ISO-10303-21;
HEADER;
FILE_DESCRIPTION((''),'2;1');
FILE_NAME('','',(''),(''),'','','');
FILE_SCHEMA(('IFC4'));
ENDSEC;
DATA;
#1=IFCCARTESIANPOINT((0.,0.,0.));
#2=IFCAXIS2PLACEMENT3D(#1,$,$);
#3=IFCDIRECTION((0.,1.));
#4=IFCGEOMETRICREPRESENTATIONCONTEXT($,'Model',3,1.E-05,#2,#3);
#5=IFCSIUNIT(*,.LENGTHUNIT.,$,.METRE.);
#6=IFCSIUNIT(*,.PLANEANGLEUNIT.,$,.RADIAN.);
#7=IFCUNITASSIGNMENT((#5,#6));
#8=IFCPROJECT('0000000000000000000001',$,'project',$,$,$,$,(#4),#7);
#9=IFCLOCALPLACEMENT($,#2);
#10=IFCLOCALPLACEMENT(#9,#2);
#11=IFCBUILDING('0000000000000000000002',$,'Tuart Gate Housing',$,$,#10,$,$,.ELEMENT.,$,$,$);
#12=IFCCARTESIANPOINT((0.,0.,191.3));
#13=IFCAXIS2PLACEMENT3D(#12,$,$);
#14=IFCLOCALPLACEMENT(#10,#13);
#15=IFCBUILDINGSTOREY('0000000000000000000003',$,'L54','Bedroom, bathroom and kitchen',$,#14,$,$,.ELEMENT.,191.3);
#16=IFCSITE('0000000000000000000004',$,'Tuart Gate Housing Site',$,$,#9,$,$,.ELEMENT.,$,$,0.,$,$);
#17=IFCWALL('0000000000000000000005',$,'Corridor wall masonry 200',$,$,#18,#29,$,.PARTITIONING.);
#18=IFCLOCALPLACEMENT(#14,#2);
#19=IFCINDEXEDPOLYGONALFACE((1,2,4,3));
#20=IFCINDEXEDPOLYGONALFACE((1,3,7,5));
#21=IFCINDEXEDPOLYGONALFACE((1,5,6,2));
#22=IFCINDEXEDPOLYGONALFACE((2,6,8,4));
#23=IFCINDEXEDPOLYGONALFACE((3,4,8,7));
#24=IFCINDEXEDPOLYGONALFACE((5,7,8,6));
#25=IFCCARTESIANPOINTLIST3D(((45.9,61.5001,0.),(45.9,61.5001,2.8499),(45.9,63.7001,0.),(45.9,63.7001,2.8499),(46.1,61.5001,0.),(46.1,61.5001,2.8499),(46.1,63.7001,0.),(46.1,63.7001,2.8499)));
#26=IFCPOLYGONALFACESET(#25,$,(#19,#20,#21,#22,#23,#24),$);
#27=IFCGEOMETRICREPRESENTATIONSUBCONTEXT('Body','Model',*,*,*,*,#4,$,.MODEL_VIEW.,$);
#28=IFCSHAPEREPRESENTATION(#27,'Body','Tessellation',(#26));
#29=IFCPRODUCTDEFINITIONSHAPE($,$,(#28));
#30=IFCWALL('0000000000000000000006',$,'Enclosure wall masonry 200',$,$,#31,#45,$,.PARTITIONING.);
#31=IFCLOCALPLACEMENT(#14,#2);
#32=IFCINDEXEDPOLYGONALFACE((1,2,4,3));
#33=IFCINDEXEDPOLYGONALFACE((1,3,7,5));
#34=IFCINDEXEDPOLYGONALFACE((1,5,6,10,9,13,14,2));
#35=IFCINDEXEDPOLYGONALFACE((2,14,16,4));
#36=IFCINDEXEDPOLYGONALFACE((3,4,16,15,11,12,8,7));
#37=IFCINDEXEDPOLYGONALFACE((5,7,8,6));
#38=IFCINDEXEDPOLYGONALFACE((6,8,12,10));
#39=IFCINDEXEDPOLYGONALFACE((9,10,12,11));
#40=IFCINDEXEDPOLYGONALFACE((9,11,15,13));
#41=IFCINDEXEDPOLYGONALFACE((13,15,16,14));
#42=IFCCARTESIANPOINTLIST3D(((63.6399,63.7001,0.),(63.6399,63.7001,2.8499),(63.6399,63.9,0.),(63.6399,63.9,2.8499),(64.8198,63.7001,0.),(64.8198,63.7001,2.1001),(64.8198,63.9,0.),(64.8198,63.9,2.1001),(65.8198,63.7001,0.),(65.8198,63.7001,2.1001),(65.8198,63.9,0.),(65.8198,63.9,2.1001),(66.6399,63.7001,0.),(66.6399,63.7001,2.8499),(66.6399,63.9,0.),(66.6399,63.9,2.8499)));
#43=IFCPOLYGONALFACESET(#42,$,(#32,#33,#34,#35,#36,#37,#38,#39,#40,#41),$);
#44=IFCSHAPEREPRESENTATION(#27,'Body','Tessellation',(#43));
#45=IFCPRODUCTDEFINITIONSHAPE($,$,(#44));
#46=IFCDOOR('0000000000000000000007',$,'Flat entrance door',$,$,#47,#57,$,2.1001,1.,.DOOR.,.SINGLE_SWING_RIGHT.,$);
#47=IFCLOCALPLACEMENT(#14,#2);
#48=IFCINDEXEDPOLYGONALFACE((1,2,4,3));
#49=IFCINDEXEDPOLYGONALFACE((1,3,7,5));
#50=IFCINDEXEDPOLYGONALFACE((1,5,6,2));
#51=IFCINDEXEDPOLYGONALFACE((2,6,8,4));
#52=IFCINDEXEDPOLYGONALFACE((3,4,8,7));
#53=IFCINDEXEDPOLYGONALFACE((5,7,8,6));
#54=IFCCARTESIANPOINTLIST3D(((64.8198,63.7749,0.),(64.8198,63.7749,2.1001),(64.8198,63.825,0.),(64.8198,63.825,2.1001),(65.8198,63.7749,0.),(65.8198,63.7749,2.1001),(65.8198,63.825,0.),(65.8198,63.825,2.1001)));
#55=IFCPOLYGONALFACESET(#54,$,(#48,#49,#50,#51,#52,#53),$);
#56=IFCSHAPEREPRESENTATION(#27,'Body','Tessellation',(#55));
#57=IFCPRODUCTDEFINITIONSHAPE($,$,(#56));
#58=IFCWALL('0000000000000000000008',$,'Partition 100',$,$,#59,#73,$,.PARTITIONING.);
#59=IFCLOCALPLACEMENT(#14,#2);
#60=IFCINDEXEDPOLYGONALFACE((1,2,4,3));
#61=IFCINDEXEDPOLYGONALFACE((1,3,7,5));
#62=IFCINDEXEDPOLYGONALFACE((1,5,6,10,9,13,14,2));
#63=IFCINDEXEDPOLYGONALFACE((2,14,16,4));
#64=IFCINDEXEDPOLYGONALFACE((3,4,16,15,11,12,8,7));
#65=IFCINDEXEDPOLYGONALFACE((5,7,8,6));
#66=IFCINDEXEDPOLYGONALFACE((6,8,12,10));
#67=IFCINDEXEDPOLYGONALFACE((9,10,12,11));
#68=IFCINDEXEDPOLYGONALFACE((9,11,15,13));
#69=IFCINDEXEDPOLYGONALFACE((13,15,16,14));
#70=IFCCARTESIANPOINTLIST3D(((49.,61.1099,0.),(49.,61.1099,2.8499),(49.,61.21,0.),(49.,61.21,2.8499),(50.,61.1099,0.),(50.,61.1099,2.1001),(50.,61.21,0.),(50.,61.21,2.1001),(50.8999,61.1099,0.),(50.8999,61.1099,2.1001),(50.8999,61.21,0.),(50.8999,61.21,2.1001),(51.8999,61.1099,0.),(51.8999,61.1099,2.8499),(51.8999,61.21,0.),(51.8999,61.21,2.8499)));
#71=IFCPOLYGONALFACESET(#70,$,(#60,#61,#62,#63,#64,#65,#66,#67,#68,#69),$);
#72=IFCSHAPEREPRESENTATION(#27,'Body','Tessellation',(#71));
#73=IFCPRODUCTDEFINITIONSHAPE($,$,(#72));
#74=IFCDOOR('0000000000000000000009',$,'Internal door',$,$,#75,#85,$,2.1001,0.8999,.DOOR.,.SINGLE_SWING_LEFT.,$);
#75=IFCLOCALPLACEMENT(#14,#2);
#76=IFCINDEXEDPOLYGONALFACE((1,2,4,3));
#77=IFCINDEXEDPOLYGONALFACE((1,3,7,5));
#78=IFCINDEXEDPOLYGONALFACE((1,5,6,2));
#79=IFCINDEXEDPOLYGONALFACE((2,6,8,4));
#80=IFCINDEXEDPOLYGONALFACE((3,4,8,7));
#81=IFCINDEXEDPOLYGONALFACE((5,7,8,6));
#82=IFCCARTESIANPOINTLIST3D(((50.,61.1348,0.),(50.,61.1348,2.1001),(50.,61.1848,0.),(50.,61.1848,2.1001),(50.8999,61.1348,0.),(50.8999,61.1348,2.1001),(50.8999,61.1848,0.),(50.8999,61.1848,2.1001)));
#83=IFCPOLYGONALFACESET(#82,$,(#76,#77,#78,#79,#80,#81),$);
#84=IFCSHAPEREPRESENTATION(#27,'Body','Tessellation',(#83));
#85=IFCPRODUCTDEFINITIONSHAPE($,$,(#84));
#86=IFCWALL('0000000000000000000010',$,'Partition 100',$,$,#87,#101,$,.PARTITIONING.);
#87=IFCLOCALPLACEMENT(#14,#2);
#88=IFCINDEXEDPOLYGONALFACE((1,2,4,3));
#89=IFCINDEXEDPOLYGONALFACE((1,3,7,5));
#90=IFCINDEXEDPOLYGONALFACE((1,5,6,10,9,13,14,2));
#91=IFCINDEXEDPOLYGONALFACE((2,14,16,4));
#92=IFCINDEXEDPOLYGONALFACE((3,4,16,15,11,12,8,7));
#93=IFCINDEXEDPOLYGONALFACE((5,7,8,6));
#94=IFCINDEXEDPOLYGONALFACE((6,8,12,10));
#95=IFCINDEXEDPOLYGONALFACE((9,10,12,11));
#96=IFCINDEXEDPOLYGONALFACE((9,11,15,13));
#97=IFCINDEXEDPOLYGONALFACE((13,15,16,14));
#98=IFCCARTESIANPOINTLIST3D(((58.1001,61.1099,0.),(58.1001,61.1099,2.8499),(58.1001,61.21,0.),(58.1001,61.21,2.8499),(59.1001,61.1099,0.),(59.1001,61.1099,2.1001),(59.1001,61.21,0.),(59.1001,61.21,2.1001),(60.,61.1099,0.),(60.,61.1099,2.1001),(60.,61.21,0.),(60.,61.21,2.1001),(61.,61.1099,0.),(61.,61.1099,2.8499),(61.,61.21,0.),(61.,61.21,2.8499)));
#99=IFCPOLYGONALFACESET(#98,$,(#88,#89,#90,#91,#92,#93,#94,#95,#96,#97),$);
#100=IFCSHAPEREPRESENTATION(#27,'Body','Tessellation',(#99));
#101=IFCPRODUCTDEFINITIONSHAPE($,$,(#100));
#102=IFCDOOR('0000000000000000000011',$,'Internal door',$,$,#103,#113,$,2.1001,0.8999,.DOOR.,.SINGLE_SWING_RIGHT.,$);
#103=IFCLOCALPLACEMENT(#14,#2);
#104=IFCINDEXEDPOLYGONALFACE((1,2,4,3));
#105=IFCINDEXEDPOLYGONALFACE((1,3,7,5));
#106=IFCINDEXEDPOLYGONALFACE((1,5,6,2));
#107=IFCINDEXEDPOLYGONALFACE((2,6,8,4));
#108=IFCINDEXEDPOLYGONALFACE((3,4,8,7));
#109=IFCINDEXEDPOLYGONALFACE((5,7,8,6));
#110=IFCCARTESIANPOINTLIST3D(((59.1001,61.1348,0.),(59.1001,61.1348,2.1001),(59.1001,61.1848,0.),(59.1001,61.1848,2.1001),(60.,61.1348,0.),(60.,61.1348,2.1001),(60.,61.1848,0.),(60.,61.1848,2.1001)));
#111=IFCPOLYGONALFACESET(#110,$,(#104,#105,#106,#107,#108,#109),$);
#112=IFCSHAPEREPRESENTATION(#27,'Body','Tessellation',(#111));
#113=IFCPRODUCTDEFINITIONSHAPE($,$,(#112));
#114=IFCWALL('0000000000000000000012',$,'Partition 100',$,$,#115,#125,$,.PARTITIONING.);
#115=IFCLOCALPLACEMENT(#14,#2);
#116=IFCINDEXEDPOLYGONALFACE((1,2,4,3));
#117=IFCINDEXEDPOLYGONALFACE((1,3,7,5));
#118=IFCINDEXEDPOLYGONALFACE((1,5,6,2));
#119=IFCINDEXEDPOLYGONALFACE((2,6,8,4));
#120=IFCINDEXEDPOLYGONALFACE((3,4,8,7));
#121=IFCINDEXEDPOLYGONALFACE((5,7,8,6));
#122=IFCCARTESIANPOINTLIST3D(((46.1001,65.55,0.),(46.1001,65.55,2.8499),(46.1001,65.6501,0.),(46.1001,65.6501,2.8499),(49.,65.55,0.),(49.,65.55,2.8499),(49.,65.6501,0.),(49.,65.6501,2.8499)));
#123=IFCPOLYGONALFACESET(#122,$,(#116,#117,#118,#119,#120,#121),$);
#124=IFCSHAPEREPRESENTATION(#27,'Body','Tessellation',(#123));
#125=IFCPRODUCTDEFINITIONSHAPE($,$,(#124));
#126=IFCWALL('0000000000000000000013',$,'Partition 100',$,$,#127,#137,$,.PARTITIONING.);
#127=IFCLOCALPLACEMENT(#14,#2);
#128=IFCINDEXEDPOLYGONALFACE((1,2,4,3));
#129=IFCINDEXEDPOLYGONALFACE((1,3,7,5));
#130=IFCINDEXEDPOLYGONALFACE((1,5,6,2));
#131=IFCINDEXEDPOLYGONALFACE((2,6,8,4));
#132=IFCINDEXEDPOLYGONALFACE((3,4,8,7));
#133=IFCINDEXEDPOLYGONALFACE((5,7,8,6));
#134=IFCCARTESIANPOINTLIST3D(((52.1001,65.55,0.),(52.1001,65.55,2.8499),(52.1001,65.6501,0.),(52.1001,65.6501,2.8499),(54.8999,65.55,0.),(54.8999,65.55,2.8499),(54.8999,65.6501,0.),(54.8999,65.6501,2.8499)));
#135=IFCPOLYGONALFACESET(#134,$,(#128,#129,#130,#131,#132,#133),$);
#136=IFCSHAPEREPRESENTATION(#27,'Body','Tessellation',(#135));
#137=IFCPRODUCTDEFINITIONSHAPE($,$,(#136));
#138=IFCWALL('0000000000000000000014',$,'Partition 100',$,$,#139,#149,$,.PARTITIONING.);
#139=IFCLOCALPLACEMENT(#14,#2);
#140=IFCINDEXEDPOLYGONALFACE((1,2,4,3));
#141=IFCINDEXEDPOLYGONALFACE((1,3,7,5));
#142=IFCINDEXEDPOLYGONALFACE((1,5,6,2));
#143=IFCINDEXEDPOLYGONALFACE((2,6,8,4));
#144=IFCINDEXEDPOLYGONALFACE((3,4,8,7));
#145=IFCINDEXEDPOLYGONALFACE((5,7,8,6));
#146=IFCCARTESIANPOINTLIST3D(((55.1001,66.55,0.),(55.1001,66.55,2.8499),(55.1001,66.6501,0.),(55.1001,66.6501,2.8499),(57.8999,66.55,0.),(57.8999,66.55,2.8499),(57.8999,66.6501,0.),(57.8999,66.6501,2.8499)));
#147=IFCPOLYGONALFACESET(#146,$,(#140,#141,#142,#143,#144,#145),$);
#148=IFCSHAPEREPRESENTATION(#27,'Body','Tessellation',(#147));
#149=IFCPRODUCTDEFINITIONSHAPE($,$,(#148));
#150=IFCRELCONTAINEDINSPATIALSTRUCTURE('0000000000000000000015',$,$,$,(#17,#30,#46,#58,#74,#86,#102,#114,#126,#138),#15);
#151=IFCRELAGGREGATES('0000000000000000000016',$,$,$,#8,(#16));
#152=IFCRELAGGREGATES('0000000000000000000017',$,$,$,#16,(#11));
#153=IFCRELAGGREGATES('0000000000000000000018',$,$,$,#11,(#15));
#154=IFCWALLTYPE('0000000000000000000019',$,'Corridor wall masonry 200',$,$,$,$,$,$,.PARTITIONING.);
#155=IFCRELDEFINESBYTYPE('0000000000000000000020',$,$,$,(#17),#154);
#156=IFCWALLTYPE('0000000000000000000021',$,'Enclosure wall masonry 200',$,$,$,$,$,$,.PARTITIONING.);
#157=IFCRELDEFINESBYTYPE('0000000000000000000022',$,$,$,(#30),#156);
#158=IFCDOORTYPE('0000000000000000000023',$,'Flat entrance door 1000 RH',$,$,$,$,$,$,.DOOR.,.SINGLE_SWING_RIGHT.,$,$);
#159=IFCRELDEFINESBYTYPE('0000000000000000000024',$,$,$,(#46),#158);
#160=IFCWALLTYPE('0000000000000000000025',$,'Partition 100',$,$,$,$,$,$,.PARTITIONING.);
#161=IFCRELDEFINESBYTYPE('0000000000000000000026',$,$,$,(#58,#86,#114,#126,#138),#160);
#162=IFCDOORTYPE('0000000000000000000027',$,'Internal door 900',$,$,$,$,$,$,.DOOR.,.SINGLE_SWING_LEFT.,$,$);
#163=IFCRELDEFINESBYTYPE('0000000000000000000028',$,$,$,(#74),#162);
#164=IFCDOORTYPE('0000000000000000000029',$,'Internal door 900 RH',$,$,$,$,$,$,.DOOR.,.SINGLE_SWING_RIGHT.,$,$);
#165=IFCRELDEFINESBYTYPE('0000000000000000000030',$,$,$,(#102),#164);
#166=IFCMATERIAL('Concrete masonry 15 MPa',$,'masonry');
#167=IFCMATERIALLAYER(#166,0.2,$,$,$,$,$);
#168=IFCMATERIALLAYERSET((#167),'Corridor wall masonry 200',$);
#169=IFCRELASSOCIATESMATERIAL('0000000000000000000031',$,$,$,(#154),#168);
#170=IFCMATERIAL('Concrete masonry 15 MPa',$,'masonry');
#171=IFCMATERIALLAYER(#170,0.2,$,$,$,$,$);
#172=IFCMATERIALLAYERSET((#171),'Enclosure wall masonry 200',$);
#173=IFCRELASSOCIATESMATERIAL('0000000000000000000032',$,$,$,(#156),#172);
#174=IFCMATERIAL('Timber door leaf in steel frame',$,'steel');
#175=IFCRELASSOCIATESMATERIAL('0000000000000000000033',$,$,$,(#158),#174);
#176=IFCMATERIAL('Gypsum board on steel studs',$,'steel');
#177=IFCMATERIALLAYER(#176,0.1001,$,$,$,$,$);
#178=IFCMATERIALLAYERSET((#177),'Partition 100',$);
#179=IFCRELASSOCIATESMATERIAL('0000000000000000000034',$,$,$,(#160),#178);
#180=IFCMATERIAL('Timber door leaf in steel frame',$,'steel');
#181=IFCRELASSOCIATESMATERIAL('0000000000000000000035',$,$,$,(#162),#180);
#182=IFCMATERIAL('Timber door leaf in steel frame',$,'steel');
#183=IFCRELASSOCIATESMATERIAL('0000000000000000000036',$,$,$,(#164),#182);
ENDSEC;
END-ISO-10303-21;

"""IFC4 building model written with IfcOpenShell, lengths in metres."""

from ifc_helpers import new_model, si_unit, direction, frame, frame_2d, origin, place, context, subcontext, project, spatial, rectangle, extrude, material, layer, layer_set, type_object, element, fill, save


model = new_model("IFC4")

# Units and contexts
model_context = context("Model", 3, precision=1e-05, world=origin(), true_north=direction((0.0, 1.0)))
body_context = subcontext(model_context, "Body", "Model", "MODEL_VIEW")
ifc_project = project(units=[si_unit("LENGTHUNIT", "METRE"), si_unit("PLANEANGLEUNIT", "RADIAN")], contexts=[model_context])

# Site, building, storey
site_placement = place(None, origin())
site = spatial("IfcSite", under=ifc_project, at=site_placement, Name="Tuart Gate Housing Site", CompositionType="ELEMENT", RefElevation=0.0)
building_placement = place(site_placement, origin())
building = spatial("IfcBuilding", under=site, at=building_placement, Name="Tuart Gate Housing", CompositionType="ELEMENT")
storey_placement = place(building_placement, frame((0.0, 0.0, 191.3)))
storey = spatial("IfcBuildingStorey", under=building, at=storey_placement, Name="L54", Description="Bedroom, bathroom and kitchen", CompositionType="ELEMENT", Elevation=191.3)

# Wall
ifc_material_1 = material(Name="Concrete masonry 15 MPa", Category="masonry")
ifc_layer_1 = layer(ifc_material_1, 0.2)
ifc_layer_set_1 = layer_set([ifc_layer_1], Name="Corridor wall masonry 200")
wall_type_1 = type_object("IfcWallType", Name="Corridor wall masonry 200", PredefinedType="PARTITIONING", material=ifc_layer_set_1)
wall_1_placement = place(storey_placement, frame((46.0, 61.5, 0.0), z_axis=(0.0, 0.0, 1.0), x_axis=(0.0, 1.0, 0.0)))
element("IfcWall", 1, at=wall_1_placement, inside=storey, type_object=wall_type_1, Name="Corridor wall masonry 200", PredefinedType="PARTITIONING", context=body_context, shape_type="SweptSolid", body=[
    extrude(rectangle(XDim=2.2, YDim=0.2, at=frame_2d((1.1001, 0.0))), origin(), (0.0, 0.0, 1.0), 2.8499),
])

# Walls, openings, doors
ifc_material_2 = material(Name="Concrete masonry 15 MPa", Category="masonry")
ifc_layer_2 = layer(ifc_material_2, 0.2)
ifc_layer_set_2 = layer_set([ifc_layer_2], Name="Enclosure wall masonry 200")
wall_type_2 = type_object("IfcWallType", Name="Enclosure wall masonry 200", PredefinedType="PARTITIONING", material=ifc_layer_set_2)
wall_2_placement = place(storey_placement, frame((63.6399, 63.8, 0.0), z_axis=(0.0, 0.0, 1.0), x_axis=(1.0, 0.0, 0.0)))
wall_2 = element("IfcWall", 2, at=wall_2_placement, inside=storey, type_object=wall_type_2, Name="Enclosure wall masonry 200", PredefinedType="PARTITIONING", context=body_context, shape_type="SweptSolid", body=[
    extrude(rectangle(XDim=3.0, YDim=0.2, at=frame_2d((1.5, 0.0))), origin(), (0.0, 0.0, 1.0), 2.8499),
])
opening_1_placement = place(wall_2_placement, frame((1.1799, 0.0, 0.0)))
opening_1 = element("IfcOpeningElement", 3, at=opening_1_placement, cuts=wall_2, PredefinedType="OPENING", context=body_context, shape_type="SweptSolid", body=[
    extrude(rectangle(XDim=1.0, YDim=2.1001, at=frame_2d((0.5, 1.05))), frame((0.0, 0.1099, 0.0), z_axis=(0.0, -1.0, 0.0), x_axis=(1.0, 0.0, 0.0)), (0.0, 0.0, 1.0), 0.22),
])
ifc_material_3 = material(Name="Timber door leaf in steel frame", Category="steel")
door_type_1 = type_object("IfcDoorType", Name="Flat entrance door 1000 RH", OperationType="SINGLE_SWING_RIGHT", PredefinedType="DOOR", material=ifc_material_3)
door_1_placement = place(opening_1_placement, frame((1.0, 0.0, 0.0), z_axis=(0.0, 0.0, 1.0), x_axis=(-1.0, 0.0, 0.0)))
door_1 = element("IfcDoor", 4, at=door_1_placement, inside=storey, type_object=door_type_1, Name="Flat entrance door", OperationType="SINGLE_SWING_RIGHT", OverallHeight=2.1001, OverallWidth=1.0, PredefinedType="DOOR", context=body_context, shape_type="SweptSolid", body=[
    extrude(rectangle(XDim=1.0, YDim=2.1001, at=frame_2d((0.5, 1.05))), frame((0.0, 0.0251, 0.0), z_axis=(0.0, -1.0, 0.0), x_axis=(1.0, 0.0, 0.0)), (0.0, 0.0, 1.0), 0.05),
])
fill(opening_1, door_1)
ifc_material_4 = material(Name="Gypsum board on steel studs", Category="steel")
ifc_layer_3 = layer(ifc_material_4, 0.1001)
ifc_layer_set_3 = layer_set([ifc_layer_3], Name="Partition 100")
wall_type_3 = type_object("IfcWallType", Name="Partition 100", PredefinedType="PARTITIONING", material=ifc_layer_set_3)
wall_3_placement = place(storey_placement, frame((49.0, 61.1599, 0.0), z_axis=(0.0, 0.0, 1.0), x_axis=(1.0, 0.0, 0.0)))
wall_3 = element("IfcWall", 5, at=wall_3_placement, inside=storey, type_object=wall_type_3, Name="Partition 100", PredefinedType="PARTITIONING", context=body_context, shape_type="SweptSolid", body=[
    extrude(rectangle(XDim=2.8999, YDim=0.1001, at=frame_2d((1.45, 0.0))), origin(), (0.0, 0.0, 1.0), 2.8499),
])
opening_2_placement = place(wall_3_placement, frame((1.0, 0.0, 0.0)))
opening_2 = element("IfcOpeningElement", 6, at=opening_2_placement, cuts=wall_3, PredefinedType="OPENING", context=body_context, shape_type="SweptSolid", body=[
    extrude(rectangle(XDim=0.8999, YDim=2.1001, at=frame_2d((0.45, 1.05))), frame((0.0, 0.0601, 0.0), z_axis=(0.0, -1.0, 0.0), x_axis=(1.0, 0.0, 0.0)), (0.0, 0.0, 1.0), 0.1201),
])
ifc_material_5 = material(Name="Timber door leaf in steel frame", Category="steel")
door_type_2 = type_object("IfcDoorType", Name="Internal door 900", OperationType="SINGLE_SWING_LEFT", PredefinedType="DOOR", material=ifc_material_5)
door_2_placement = place(opening_2_placement, origin())
door_2 = element("IfcDoor", 7, at=door_2_placement, inside=storey, type_object=door_type_2, Name="Internal door", OperationType="SINGLE_SWING_LEFT", OverallHeight=2.1001, OverallWidth=0.8999, PredefinedType="DOOR", context=body_context, shape_type="SweptSolid", body=[
    extrude(rectangle(XDim=0.8999, YDim=2.1001, at=frame_2d((0.45, 1.05))), frame((0.0, 0.0249, 0.0), z_axis=(0.0, -1.0, 0.0), x_axis=(1.0, 0.0, 0.0)), (0.0, 0.0, 1.0), 0.05),
])
fill(opening_2, door_2)
wall_4_placement = place(storey_placement, frame((58.1001, 61.1599, 0.0), z_axis=(0.0, 0.0, 1.0), x_axis=(1.0, 0.0, 0.0)))
wall_4 = element("IfcWall", 8, at=wall_4_placement, inside=storey, type_object=wall_type_3, Name="Partition 100", PredefinedType="PARTITIONING", context=body_context, shape_type="SweptSolid", body=[
    extrude(rectangle(XDim=2.8999, YDim=0.1001, at=frame_2d((1.45, 0.0))), origin(), (0.0, 0.0, 1.0), 2.8499),
])
opening_3_placement = place(wall_4_placement, frame((1.0, 0.0, 0.0)))
opening_3 = element("IfcOpeningElement", 9, at=opening_3_placement, cuts=wall_4, PredefinedType="OPENING", context=body_context, shape_type="SweptSolid", body=[
    extrude(rectangle(XDim=0.8999, YDim=2.1001, at=frame_2d((0.45, 1.05))), frame((0.0, 0.0601, 0.0), z_axis=(0.0, -1.0, 0.0), x_axis=(1.0, 0.0, 0.0)), (0.0, 0.0, 1.0), 0.1201),
])
ifc_material_6 = material(Name="Timber door leaf in steel frame", Category="steel")
door_type_3 = type_object("IfcDoorType", Name="Internal door 900 RH", OperationType="SINGLE_SWING_RIGHT", PredefinedType="DOOR", material=ifc_material_6)
door_3_placement = place(opening_3_placement, origin())
door_3 = element("IfcDoor", 10, at=door_3_placement, inside=storey, type_object=door_type_3, Name="Internal door", OperationType="SINGLE_SWING_RIGHT", OverallHeight=2.1001, OverallWidth=0.8999, PredefinedType="DOOR", context=body_context, shape_type="SweptSolid", body=[
    extrude(rectangle(XDim=0.8999, YDim=2.1001, at=frame_2d((0.45, 1.05))), frame((0.0, 0.0249, 0.0), z_axis=(0.0, -1.0, 0.0), x_axis=(1.0, 0.0, 0.0)), (0.0, 0.0, 1.0), 0.05),
])
fill(opening_3, door_3)

# Walls
wall_5_placement = place(storey_placement, frame((46.1001, 65.6001, 0.0), z_axis=(0.0, 0.0, 1.0), x_axis=(1.0, 0.0, 0.0)))
element("IfcWall", 11, at=wall_5_placement, inside=storey, type_object=wall_type_3, Name="Partition 100", PredefinedType="PARTITIONING", context=body_context, shape_type="SweptSolid", body=[
    extrude(rectangle(XDim=2.8999, YDim=0.1001, at=frame_2d((1.45, 0.0))), origin(), (0.0, 0.0, 1.0), 2.8499),
])
for number, where, z_axis, x_axis, name in (
    (12, (52.1001, 65.6001, 0.0), (0.0, 0.0, 1.0), (1.0, 0.0, 0.0), "Partition 100"),
    (13, (55.1001, 66.6001, 0.0), (0.0, 0.0, 1.0), (1.0, 0.0, 0.0), "Partition 100"),
):
    element("IfcWall", number, at=place(storey_placement, frame(where, z_axis=z_axis, x_axis=x_axis)), inside=storey, type_object=wall_type_3, Name=name, PredefinedType="PARTITIONING", context=body_context, shape_type="SweptSolid", body=[
        extrude(rectangle(XDim=2.7998, YDim=0.1001, at=frame_2d((1.3999, 0.0))), origin(), (0.0, 0.0, 1.0), 2.8499),
    ])

save(model, "model.ifc")
